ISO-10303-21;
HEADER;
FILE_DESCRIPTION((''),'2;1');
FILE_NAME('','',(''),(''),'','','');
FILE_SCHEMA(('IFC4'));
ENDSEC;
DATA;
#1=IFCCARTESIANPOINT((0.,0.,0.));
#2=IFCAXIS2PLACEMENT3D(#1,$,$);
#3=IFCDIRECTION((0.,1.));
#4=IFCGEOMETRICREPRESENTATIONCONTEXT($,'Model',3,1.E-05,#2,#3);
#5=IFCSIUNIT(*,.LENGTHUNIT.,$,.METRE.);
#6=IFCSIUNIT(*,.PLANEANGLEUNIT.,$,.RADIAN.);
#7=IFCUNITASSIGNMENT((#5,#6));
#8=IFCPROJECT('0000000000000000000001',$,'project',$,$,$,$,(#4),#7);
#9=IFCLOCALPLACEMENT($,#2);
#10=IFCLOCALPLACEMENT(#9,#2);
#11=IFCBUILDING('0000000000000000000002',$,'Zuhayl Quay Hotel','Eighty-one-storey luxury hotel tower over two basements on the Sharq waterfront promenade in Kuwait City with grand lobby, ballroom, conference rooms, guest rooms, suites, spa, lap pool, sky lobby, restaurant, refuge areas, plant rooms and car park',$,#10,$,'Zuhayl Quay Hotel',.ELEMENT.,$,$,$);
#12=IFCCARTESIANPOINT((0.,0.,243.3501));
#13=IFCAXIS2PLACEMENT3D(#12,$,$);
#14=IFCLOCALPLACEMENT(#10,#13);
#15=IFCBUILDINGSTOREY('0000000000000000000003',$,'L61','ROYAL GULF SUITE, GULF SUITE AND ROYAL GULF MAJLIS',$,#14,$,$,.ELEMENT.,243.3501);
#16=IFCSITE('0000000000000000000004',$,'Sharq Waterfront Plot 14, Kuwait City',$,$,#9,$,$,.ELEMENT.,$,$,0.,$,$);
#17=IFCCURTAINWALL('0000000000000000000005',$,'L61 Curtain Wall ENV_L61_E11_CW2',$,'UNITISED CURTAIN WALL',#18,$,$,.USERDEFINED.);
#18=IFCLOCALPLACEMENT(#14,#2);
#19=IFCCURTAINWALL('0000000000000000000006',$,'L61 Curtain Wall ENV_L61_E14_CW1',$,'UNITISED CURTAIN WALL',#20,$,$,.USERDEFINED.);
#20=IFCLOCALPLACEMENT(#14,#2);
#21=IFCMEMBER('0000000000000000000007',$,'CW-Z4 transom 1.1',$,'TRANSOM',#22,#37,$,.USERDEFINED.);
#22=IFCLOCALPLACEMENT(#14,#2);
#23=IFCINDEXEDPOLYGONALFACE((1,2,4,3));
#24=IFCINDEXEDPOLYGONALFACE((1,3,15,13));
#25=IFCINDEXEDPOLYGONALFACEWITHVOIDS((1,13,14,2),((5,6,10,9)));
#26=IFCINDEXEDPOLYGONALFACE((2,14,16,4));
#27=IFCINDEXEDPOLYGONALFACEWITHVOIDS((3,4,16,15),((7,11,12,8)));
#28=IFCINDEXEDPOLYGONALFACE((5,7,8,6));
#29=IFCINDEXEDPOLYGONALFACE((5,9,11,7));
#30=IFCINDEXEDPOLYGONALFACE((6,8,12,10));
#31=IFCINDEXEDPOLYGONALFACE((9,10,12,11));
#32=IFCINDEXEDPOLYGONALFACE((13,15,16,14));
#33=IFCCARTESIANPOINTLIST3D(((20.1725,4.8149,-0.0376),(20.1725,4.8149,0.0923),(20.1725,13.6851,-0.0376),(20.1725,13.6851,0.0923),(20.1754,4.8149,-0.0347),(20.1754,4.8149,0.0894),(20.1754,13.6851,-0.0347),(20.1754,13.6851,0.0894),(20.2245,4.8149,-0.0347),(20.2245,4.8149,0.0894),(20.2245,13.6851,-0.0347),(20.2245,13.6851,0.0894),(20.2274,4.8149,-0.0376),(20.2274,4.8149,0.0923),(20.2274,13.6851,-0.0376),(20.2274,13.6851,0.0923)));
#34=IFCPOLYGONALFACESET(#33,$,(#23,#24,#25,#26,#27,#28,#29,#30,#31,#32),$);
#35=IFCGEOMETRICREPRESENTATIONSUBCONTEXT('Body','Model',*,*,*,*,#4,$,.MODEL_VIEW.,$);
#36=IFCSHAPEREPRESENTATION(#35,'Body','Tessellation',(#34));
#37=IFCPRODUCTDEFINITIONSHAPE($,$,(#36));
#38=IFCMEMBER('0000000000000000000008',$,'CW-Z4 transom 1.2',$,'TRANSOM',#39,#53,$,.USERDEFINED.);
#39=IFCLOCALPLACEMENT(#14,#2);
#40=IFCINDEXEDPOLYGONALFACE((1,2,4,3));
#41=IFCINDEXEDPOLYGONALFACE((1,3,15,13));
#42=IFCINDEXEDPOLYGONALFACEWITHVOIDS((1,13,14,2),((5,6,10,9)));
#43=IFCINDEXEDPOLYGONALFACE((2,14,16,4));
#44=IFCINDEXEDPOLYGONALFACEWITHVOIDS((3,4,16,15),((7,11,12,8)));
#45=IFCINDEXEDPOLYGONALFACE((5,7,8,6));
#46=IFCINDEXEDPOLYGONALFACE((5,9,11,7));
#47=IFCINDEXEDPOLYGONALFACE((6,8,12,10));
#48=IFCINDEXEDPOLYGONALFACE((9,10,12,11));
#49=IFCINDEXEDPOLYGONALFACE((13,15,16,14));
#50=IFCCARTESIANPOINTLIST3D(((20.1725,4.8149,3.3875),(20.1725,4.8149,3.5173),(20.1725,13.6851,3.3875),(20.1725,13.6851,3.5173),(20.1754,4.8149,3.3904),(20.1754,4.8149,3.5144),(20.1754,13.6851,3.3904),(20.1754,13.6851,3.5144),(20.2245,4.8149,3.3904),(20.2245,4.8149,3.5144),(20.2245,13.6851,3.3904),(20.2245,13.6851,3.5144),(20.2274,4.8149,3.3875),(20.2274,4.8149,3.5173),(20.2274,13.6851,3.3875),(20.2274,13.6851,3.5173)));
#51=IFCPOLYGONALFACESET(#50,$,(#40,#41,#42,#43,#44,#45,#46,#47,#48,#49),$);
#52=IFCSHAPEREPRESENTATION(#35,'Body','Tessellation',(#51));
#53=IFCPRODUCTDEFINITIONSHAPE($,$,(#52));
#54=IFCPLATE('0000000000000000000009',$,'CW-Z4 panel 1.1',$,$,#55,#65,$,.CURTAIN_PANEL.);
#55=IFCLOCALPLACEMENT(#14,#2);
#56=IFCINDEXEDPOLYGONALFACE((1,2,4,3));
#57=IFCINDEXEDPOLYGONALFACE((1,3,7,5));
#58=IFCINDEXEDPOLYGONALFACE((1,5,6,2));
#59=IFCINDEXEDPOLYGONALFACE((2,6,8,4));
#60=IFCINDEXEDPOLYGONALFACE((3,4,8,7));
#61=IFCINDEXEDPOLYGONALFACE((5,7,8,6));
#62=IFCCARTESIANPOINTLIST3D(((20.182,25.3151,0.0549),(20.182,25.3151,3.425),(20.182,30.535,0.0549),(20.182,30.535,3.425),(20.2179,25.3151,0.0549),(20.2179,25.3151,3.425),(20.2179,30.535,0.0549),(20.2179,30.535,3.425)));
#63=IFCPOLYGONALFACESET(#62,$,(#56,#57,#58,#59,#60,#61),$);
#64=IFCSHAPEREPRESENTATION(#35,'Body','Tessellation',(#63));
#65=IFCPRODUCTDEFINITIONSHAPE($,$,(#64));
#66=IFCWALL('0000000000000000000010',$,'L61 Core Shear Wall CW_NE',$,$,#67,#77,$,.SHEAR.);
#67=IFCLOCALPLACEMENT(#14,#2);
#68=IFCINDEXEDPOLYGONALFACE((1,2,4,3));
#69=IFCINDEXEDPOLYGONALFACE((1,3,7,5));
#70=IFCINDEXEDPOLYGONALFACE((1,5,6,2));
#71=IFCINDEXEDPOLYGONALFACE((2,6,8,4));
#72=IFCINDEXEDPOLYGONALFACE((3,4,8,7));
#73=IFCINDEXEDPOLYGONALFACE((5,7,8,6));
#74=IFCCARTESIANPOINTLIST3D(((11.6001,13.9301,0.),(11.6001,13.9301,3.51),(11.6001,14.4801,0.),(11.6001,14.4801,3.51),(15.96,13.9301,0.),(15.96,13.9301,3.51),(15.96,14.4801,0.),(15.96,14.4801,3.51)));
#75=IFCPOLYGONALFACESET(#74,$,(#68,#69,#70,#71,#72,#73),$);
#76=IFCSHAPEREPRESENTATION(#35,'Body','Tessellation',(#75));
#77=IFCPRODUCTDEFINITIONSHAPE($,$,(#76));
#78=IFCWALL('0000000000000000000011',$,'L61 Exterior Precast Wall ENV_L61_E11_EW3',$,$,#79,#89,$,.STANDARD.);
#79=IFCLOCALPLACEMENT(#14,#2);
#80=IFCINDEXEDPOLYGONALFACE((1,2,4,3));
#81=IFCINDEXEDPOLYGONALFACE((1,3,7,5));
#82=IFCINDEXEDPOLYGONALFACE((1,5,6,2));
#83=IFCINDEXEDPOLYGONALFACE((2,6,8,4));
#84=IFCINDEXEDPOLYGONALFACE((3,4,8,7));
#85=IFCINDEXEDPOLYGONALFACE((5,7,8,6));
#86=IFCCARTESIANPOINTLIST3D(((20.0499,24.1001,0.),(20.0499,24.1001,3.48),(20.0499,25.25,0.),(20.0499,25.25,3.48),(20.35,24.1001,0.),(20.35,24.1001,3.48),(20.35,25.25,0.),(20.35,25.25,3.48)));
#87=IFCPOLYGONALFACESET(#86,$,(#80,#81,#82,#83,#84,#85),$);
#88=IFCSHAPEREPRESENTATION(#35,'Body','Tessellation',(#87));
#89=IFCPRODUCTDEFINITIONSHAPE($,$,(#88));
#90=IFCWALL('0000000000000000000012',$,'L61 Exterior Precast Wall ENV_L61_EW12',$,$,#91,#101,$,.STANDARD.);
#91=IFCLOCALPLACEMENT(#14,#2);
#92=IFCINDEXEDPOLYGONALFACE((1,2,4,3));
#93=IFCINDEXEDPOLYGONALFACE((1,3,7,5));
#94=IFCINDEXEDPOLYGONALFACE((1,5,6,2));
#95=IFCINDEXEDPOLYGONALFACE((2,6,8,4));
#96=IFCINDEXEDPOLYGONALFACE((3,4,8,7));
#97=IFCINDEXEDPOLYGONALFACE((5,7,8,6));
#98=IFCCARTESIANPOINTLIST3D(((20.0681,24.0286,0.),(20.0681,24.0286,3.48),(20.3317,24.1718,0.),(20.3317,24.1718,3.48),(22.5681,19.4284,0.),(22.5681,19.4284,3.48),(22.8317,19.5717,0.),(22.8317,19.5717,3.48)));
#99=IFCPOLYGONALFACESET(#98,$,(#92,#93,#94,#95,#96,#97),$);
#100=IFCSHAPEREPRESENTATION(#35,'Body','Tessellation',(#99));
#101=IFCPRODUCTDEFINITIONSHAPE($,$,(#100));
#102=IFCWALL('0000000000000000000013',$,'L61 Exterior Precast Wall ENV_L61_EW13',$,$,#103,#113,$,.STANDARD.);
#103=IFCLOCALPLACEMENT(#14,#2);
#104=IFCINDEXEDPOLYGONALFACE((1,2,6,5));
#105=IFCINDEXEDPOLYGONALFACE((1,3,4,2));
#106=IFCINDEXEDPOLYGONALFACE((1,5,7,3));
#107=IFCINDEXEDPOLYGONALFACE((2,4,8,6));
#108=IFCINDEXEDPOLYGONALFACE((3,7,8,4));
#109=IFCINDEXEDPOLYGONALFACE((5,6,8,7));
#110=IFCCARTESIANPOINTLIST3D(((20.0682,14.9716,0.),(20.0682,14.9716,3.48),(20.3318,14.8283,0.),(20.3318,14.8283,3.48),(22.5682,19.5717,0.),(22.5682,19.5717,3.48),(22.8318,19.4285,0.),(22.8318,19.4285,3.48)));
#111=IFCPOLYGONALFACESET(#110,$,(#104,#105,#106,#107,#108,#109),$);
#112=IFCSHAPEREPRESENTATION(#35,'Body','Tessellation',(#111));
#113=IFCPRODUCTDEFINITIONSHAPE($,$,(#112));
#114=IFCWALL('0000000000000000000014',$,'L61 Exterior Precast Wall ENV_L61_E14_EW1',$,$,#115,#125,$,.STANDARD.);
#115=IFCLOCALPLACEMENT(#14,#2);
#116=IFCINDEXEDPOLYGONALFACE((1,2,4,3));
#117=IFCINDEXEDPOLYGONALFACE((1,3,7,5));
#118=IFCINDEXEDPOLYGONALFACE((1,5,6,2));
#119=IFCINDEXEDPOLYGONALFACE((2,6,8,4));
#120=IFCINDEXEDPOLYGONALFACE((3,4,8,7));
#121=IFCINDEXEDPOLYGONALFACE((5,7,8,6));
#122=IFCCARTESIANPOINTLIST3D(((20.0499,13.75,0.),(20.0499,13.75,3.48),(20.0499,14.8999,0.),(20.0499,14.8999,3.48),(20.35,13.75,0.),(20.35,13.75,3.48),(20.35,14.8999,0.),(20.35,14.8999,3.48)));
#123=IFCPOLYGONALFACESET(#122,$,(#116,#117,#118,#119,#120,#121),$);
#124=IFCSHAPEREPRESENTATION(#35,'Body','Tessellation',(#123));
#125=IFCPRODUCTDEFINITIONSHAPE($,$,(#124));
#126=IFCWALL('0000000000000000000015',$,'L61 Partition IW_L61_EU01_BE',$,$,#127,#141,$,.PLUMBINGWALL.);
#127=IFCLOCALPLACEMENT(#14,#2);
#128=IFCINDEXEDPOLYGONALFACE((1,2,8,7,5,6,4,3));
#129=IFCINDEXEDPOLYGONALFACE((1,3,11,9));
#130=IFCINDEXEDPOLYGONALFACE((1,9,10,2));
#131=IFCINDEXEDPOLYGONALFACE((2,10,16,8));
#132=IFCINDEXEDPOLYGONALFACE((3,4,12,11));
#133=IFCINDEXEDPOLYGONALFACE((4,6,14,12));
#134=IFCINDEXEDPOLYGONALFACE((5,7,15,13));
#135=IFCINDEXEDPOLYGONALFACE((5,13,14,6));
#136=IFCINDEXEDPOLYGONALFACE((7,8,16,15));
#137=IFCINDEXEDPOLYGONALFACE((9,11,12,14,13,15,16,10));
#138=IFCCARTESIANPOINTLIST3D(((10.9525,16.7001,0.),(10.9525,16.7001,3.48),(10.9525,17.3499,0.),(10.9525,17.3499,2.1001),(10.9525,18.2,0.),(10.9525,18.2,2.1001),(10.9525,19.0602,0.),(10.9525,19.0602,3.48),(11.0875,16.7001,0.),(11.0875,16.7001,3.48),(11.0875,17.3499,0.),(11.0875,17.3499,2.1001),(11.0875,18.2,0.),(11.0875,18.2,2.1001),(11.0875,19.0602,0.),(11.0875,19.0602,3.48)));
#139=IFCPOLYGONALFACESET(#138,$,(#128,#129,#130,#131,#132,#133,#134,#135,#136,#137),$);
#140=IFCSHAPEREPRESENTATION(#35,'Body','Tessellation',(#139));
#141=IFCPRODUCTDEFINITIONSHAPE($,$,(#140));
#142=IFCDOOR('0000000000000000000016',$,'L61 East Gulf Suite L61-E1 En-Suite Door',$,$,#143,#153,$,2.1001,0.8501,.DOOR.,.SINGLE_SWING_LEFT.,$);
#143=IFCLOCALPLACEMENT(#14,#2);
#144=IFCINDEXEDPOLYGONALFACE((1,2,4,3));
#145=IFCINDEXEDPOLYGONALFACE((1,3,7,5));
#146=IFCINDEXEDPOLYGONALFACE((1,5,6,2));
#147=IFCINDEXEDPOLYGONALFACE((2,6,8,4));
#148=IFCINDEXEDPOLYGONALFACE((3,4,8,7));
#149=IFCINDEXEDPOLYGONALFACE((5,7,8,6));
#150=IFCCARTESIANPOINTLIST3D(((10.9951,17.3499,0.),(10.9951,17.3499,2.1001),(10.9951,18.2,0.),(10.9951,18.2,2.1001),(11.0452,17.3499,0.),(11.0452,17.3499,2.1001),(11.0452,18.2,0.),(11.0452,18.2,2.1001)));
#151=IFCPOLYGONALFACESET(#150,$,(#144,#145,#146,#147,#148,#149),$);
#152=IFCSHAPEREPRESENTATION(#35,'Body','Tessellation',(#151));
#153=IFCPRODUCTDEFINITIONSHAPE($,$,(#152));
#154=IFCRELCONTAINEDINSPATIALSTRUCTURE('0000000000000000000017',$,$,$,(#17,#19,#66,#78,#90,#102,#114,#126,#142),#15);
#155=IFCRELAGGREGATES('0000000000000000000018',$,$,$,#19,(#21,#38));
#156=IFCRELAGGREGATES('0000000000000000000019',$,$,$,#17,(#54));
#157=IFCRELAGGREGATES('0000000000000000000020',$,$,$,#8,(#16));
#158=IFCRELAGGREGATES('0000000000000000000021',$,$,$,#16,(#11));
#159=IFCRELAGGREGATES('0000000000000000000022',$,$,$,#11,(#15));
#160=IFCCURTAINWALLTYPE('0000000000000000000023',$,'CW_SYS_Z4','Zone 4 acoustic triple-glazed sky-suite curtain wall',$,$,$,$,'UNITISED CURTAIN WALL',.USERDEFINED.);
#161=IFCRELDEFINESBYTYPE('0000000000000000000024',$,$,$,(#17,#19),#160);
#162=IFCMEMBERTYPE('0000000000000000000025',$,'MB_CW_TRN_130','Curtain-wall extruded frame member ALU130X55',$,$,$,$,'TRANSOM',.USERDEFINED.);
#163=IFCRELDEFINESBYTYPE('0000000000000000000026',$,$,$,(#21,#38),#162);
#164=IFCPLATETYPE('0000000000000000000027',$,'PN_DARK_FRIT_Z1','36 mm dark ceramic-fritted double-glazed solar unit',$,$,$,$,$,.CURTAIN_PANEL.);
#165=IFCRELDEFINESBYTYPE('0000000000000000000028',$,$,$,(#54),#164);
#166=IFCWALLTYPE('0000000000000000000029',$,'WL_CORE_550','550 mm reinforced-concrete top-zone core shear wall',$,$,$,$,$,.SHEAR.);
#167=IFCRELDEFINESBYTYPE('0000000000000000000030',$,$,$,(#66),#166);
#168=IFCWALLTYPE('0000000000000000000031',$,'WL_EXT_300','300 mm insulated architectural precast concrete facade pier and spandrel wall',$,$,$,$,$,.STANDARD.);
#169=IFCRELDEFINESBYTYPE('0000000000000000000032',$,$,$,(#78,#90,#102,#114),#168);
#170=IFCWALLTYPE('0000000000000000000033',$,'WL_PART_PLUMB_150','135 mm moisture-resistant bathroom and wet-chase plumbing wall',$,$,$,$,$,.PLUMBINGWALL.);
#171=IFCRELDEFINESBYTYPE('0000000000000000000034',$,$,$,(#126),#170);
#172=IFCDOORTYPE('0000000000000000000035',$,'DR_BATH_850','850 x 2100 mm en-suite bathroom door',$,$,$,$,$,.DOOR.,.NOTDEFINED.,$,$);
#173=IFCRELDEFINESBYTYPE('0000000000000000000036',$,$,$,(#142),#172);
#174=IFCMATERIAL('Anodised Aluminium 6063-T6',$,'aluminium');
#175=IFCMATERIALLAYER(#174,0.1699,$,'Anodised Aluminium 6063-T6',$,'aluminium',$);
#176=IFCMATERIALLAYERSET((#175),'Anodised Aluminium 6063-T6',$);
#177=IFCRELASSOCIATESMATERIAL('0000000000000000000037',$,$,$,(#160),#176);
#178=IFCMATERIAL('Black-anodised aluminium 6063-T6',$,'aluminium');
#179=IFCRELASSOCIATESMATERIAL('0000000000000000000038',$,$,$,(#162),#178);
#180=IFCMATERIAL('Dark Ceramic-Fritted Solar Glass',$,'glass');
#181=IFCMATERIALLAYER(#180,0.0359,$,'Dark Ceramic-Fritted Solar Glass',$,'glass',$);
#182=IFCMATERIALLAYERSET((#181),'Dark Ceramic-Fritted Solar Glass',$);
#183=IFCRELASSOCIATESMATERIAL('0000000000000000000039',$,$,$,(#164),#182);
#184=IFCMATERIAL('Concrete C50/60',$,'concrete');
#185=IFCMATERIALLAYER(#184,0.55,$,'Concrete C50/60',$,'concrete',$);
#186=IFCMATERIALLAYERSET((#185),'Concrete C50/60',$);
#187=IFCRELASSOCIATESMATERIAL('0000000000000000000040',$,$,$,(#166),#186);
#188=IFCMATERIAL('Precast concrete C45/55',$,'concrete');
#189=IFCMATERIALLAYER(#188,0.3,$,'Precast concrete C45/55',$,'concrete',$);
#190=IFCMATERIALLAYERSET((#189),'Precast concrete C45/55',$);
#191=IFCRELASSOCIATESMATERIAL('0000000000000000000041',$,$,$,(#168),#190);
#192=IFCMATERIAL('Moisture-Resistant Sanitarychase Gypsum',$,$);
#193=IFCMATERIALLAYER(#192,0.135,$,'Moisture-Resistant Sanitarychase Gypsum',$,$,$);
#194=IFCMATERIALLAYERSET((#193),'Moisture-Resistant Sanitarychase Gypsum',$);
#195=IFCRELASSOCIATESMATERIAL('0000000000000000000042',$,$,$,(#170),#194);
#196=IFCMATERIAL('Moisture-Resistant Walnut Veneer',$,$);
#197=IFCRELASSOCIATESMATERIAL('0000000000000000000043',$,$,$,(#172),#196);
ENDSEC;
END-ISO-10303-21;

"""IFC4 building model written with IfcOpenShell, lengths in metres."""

from ifc_helpers import new_model, si_unit, direction, frame, frame_2d, origin, origin_2d, place, context, subcontext, project, spatial, rectangle, hollow_rectangle, extrude, material, layer, layer_set, material_profile, profile_set, type_object, element, fill, aggregate, save


model = new_model("IFC4")

# Units and contexts
model_context = context("Model", 3, precision=1e-05, world=origin(), true_north=direction((0.0, 1.0)))
body_context = subcontext(model_context, "Body", "Model", "MODEL_VIEW")
ifc_project = project(units=[si_unit("LENGTHUNIT", "METRE"), si_unit("PLANEANGLEUNIT", "RADIAN")], contexts=[model_context])

# Site, building, storey
site_placement = place(None, origin())
site = spatial("IfcSite", under=ifc_project, at=site_placement, Name="Sharq Waterfront Plot 14, Kuwait City", CompositionType="ELEMENT", RefElevation=0.0)
building_placement = place(site_placement, origin())
building = spatial("IfcBuilding", under=site, at=building_placement, Name="Zuhayl Quay Hotel", Description="Eighty-one-storey luxury hotel tower over two basements on the Sharq waterfront promenade in Kuwait City with grand lobby, ballroom, conference rooms, guest rooms, suites, spa, lap pool, sky lobby, restaurant, refuge areas, plant rooms and car park", LongName="Zuhayl Quay Hotel", CompositionType="ELEMENT")
storey_placement = place(building_placement, frame((0.0, 0.0, 243.3501)))
storey = spatial("IfcBuildingStorey", under=building, at=storey_placement, Name="L61", Description="ROYAL GULF SUITE, GULF SUITE AND ROYAL GULF MAJLIS", CompositionType="ELEMENT", Elevation=243.3501)

# Curtain wall
ifc_material_1 = material(Name="Anodised Aluminium 6063-T6", Category="aluminium")
ifc_layer_1 = layer(ifc_material_1, 0.1699, Name="Anodised Aluminium 6063-T6", Category="aluminium")
ifc_layer_set_1 = layer_set([ifc_layer_1], Name="Anodised Aluminium 6063-T6")
curtain_wall_type = type_object("IfcCurtainWallType", Name="CW_SYS_Z4", Description="Zone 4 acoustic triple-glazed sky-suite curtain wall", ElementType="UNITISED CURTAIN WALL", PredefinedType="USERDEFINED", material=ifc_layer_set_1)
curtain_wall_1_placement = place(storey_placement, origin())
curtain_wall_1 = element("IfcCurtainWall", 1, at=curtain_wall_1_placement, inside=storey, type_object=curtain_wall_type, Name="L61 Curtain Wall ENV_L61_E11_CW2", ObjectType="UNITISED CURTAIN WALL", PredefinedType="USERDEFINED")
ifc_material_2 = material(Name="Black-anodised aluminium 6063-T6", Category="aluminium")

# Curtain wall, members
curtain_wall_2_placement = place(storey_placement, origin())
curtain_wall_2 = element("IfcCurtainWall", 2, at=curtain_wall_2_placement, inside=storey, type_object=curtain_wall_type, Name="L61 Curtain Wall ENV_L61_E14_CW1", ObjectType="UNITISED CURTAIN WALL", PredefinedType="USERDEFINED")
ifc_material_profile_1 = material_profile(ifc_material_2, hollow_rectangle(XDim=0.0549, YDim=0.1299, WallThickness=0.0029, at=origin_2d()), Name="ALU130X55")
ifc_profile_set_1 = profile_set([ifc_material_profile_1], Name="Black-anodised aluminium 6063-T6")
member_type_1 = type_object("IfcMemberType", Name="MB_CW_TRN_130", Description="Curtain-wall extruded frame member ALU130X55", ElementType="TRANSOM", PredefinedType="USERDEFINED", material=ifc_profile_set_1)
member_1_placement = place(storey_placement, frame((20.2, 13.6851, 0.0273), z_axis=(0.0, -1.0, 0.0), x_axis=(1.0, 0.0, 0.0)))
member_1 = element("IfcMember", 3, at=member_1_placement, type_object=member_type_1, Name="CW-Z4 transom 1.1", ObjectType="TRANSOM", PredefinedType="USERDEFINED", context=body_context, shape_type="SweptSolid", body=[
    extrude(hollow_rectangle(XDim=0.0549, YDim=0.1299, WallThickness=0.0029, at=origin_2d()), origin(), (0.0, 0.0, 1.0), 8.8701),
])
member_2_placement = place(storey_placement, frame((20.2, 13.6851, 3.4524), z_axis=(0.0, -1.0, 0.0), x_axis=(1.0, 0.0, 0.0)))
member_2 = element("IfcMember", 4, at=member_2_placement, type_object=member_type_1, Name="CW-Z4 transom 1.2", ObjectType="TRANSOM", PredefinedType="USERDEFINED", context=body_context, shape_type="SweptSolid", body=[
    extrude(hollow_rectangle(XDim=0.0549, YDim=0.1299, WallThickness=0.0029, at=origin_2d()), origin(), (0.0, 0.0, 1.0), 8.8701),
])
aggregate(curtain_wall_2, [member_1, member_2])

# Plate
ifc_material_3 = material(Name="Dark Ceramic-Fritted Solar Glass", Category="glass")
ifc_layer_2 = layer(ifc_material_3, 0.0359, Name="Dark Ceramic-Fritted Solar Glass", Category="glass")
ifc_layer_set_2 = layer_set([ifc_layer_2], Name="Dark Ceramic-Fritted Solar Glass")
plate_type = type_object("IfcPlateType", Name="PN_DARK_FRIT_Z1", Description="36 mm dark ceramic-fritted double-glazed solar unit", PredefinedType="CURTAIN_PANEL", material=ifc_layer_set_2)
plate_placement = place(storey_placement, frame((20.2, 27.925, 0.0549), z_axis=(0.0, 0.0, 1.0), x_axis=(0.0, -1.0, 0.0)))
plate = element("IfcPlate", 5, at=plate_placement, type_object=plate_type, Name="CW-Z4 panel 1.1", PredefinedType="CURTAIN_PANEL", context=body_context, shape_type="SweptSolid", body=[
    extrude(rectangle(XDim=5.22, YDim=0.0359, at=origin_2d()), origin(), (0.0, 0.0, 1.0), 3.3701),
])
aggregate(curtain_wall_1, [plate])

# Walls
ifc_material_4 = material(Name="Concrete C50/60", Category="concrete")
ifc_layer_3 = layer(ifc_material_4, 0.55, Name="Concrete C50/60", Category="concrete")
ifc_layer_set_3 = layer_set([ifc_layer_3], Name="Concrete C50/60")
wall_type_1 = type_object("IfcWallType", Name="WL_CORE_550", Description="550 mm reinforced-concrete top-zone core shear wall", PredefinedType="SHEAR", material=ifc_layer_set_3)
wall_1_placement = place(storey_placement, frame((11.6001, 14.2051, 0.0), z_axis=(0.0, 0.0, 1.0), x_axis=(1.0, 0.0, 0.0)))
element("IfcWall", 6, at=wall_1_placement, inside=storey, type_object=wall_type_1, Name="L61 Core Shear Wall CW_NE", PredefinedType="SHEAR", context=body_context, shape_type="SweptSolid", body=[
    extrude(rectangle(XDim=4.3599, YDim=0.55, at=frame_2d((2.1799, 0.0))), origin(), (0.0, 0.0, 1.0), 3.51),
])
ifc_material_5 = material(Name="Precast concrete C45/55", Category="concrete")
ifc_layer_4 = layer(ifc_material_5, 0.3, Name="Precast concrete C45/55", Category="concrete")
ifc_layer_set_4 = layer_set([ifc_layer_4], Name="Precast concrete C45/55")
wall_type_2 = type_object("IfcWallType", Name="WL_EXT_300", Description="300 mm insulated architectural precast concrete facade pier and spandrel wall", PredefinedType="STANDARD", material=ifc_layer_set_4)
wall_2_placement = place(storey_placement, frame((20.2, 25.25, 0.0), z_axis=(0.0, 0.0, 1.0), x_axis=(0.0, -1.0, 0.0)))
element("IfcWall", 7, at=wall_2_placement, inside=storey, type_object=wall_type_2, Name="L61 Exterior Precast Wall ENV_L61_E11_EW3", PredefinedType="STANDARD", context=body_context, shape_type="SweptSolid", body=[
    extrude(rectangle(XDim=1.1499, YDim=0.3, at=frame_2d((0.575, 0.0))), origin(), (0.0, 0.0, 1.0), 3.48),
])
for number, where, z_axis, x_axis, name in (
    (8, (20.2, 24.1001, 0.0), (0.0, 0.0, 1.0), (0.477505, -0.878629, 0.0), "L61 Exterior Precast Wall ENV_L61_EW12"),
    (9, (22.7, 19.5, 0.0), (0.0, 0.0, 1.0), (-0.477505, -0.878629, 0.0), "L61 Exterior Precast Wall ENV_L61_EW13"),
):
    element("IfcWall", number, at=place(storey_placement, frame(where, z_axis=z_axis, x_axis=x_axis)), inside=storey, type_object=wall_type_2, Name=name, PredefinedType="STANDARD", context=body_context, shape_type="SweptSolid", body=[
        extrude(rectangle(XDim=5.2356, YDim=0.3, at=frame_2d((2.6177, 0.0))), origin(), (0.0, 0.0, 1.0), 3.48),
    ])
wall_3_placement = place(storey_placement, frame((20.2, 14.8999, 0.0), z_axis=(0.0, 0.0, 1.0), x_axis=(0.0, -1.0, 0.0)))
element("IfcWall", 10, at=wall_3_placement, inside=storey, type_object=wall_type_2, Name="L61 Exterior Precast Wall ENV_L61_E14_EW1", PredefinedType="STANDARD", context=body_context, shape_type="SweptSolid", body=[
    extrude(rectangle(XDim=1.1499, YDim=0.3, at=frame_2d((0.575, 0.0))), origin(), (0.0, 0.0, 1.0), 3.48),
])

# Wall, opening, door
ifc_material_6 = material(Name="Moisture-Resistant Sanitarychase Gypsum")
ifc_layer_5 = layer(ifc_material_6, 0.135, Name="Moisture-Resistant Sanitarychase Gypsum")
ifc_layer_set_5 = layer_set([ifc_layer_5], Name="Moisture-Resistant Sanitarychase Gypsum")
wall_type_3 = type_object("IfcWallType", Name="WL_PART_PLUMB_150", Description="135 mm moisture-resistant bathroom and wet-chase plumbing wall", PredefinedType="PLUMBINGWALL", material=ifc_layer_set_5)
wall_4_placement = place(storey_placement, frame((11.02, 16.7, 0.0), z_axis=(0.0, 0.0, 1.0), x_axis=(0.0, 1.0, 0.0)))
wall_4 = element("IfcWall", 11, at=wall_4_placement, inside=storey, type_object=wall_type_3, Name="L61 Partition IW_L61_EU01_BE", PredefinedType="PLUMBINGWALL", context=body_context, shape_type="SweptSolid", body=[
    extrude(rectangle(XDim=2.3601, YDim=0.135, at=frame_2d((1.1802, 0.0))), origin(), (0.0, 0.0, 1.0), 3.48),
])
opening_1_placement = place(wall_4_placement, frame((0.6499, 0.0, 0.0)))
opening_1 = element("IfcOpeningElement", 12, at=opening_1_placement, cuts=wall_4, PredefinedType="OPENING", context=body_context, shape_type="SweptSolid", body=[
    extrude(rectangle(XDim=0.8501, YDim=2.1001, at=frame_2d((0.425, 1.05))), frame((0.0, 0.0774, 0.0), z_axis=(0.0, -1.0, 0.0), x_axis=(1.0, 0.0, 0.0)), (0.0, 0.0, 1.0), 0.155),
])
ifc_material_7 = material(Name="Moisture-Resistant Walnut Veneer")
door_type_1 = type_object("IfcDoorType", Name="DR_BATH_850", Description="850 x 2100 mm en-suite bathroom door", OperationType="NOTDEFINED", PredefinedType="DOOR", material=ifc_material_7)
door_1_placement = place(opening_1_placement, origin())
door_1 = element("IfcDoor", 13, at=door_1_placement, inside=storey, type_object=door_type_1, Name="L61 East Gulf Suite L61-E1 En-Suite Door", OperationType="SINGLE_SWING_LEFT", OverallHeight=2.1001, OverallWidth=0.8501, PredefinedType="DOOR", context=body_context, shape_type="SweptSolid", body=[
    extrude(rectangle(XDim=0.8501, YDim=2.1001, at=frame_2d((0.425, 1.05))), frame((0.0, 0.0249, 0.0), z_axis=(0.0, -1.0, 0.0), x_axis=(1.0, 0.0, 0.0)), (0.0, 0.0, 1.0), 0.05),
])
fill(opening_1, door_1)

save(model, "model.ifc")
